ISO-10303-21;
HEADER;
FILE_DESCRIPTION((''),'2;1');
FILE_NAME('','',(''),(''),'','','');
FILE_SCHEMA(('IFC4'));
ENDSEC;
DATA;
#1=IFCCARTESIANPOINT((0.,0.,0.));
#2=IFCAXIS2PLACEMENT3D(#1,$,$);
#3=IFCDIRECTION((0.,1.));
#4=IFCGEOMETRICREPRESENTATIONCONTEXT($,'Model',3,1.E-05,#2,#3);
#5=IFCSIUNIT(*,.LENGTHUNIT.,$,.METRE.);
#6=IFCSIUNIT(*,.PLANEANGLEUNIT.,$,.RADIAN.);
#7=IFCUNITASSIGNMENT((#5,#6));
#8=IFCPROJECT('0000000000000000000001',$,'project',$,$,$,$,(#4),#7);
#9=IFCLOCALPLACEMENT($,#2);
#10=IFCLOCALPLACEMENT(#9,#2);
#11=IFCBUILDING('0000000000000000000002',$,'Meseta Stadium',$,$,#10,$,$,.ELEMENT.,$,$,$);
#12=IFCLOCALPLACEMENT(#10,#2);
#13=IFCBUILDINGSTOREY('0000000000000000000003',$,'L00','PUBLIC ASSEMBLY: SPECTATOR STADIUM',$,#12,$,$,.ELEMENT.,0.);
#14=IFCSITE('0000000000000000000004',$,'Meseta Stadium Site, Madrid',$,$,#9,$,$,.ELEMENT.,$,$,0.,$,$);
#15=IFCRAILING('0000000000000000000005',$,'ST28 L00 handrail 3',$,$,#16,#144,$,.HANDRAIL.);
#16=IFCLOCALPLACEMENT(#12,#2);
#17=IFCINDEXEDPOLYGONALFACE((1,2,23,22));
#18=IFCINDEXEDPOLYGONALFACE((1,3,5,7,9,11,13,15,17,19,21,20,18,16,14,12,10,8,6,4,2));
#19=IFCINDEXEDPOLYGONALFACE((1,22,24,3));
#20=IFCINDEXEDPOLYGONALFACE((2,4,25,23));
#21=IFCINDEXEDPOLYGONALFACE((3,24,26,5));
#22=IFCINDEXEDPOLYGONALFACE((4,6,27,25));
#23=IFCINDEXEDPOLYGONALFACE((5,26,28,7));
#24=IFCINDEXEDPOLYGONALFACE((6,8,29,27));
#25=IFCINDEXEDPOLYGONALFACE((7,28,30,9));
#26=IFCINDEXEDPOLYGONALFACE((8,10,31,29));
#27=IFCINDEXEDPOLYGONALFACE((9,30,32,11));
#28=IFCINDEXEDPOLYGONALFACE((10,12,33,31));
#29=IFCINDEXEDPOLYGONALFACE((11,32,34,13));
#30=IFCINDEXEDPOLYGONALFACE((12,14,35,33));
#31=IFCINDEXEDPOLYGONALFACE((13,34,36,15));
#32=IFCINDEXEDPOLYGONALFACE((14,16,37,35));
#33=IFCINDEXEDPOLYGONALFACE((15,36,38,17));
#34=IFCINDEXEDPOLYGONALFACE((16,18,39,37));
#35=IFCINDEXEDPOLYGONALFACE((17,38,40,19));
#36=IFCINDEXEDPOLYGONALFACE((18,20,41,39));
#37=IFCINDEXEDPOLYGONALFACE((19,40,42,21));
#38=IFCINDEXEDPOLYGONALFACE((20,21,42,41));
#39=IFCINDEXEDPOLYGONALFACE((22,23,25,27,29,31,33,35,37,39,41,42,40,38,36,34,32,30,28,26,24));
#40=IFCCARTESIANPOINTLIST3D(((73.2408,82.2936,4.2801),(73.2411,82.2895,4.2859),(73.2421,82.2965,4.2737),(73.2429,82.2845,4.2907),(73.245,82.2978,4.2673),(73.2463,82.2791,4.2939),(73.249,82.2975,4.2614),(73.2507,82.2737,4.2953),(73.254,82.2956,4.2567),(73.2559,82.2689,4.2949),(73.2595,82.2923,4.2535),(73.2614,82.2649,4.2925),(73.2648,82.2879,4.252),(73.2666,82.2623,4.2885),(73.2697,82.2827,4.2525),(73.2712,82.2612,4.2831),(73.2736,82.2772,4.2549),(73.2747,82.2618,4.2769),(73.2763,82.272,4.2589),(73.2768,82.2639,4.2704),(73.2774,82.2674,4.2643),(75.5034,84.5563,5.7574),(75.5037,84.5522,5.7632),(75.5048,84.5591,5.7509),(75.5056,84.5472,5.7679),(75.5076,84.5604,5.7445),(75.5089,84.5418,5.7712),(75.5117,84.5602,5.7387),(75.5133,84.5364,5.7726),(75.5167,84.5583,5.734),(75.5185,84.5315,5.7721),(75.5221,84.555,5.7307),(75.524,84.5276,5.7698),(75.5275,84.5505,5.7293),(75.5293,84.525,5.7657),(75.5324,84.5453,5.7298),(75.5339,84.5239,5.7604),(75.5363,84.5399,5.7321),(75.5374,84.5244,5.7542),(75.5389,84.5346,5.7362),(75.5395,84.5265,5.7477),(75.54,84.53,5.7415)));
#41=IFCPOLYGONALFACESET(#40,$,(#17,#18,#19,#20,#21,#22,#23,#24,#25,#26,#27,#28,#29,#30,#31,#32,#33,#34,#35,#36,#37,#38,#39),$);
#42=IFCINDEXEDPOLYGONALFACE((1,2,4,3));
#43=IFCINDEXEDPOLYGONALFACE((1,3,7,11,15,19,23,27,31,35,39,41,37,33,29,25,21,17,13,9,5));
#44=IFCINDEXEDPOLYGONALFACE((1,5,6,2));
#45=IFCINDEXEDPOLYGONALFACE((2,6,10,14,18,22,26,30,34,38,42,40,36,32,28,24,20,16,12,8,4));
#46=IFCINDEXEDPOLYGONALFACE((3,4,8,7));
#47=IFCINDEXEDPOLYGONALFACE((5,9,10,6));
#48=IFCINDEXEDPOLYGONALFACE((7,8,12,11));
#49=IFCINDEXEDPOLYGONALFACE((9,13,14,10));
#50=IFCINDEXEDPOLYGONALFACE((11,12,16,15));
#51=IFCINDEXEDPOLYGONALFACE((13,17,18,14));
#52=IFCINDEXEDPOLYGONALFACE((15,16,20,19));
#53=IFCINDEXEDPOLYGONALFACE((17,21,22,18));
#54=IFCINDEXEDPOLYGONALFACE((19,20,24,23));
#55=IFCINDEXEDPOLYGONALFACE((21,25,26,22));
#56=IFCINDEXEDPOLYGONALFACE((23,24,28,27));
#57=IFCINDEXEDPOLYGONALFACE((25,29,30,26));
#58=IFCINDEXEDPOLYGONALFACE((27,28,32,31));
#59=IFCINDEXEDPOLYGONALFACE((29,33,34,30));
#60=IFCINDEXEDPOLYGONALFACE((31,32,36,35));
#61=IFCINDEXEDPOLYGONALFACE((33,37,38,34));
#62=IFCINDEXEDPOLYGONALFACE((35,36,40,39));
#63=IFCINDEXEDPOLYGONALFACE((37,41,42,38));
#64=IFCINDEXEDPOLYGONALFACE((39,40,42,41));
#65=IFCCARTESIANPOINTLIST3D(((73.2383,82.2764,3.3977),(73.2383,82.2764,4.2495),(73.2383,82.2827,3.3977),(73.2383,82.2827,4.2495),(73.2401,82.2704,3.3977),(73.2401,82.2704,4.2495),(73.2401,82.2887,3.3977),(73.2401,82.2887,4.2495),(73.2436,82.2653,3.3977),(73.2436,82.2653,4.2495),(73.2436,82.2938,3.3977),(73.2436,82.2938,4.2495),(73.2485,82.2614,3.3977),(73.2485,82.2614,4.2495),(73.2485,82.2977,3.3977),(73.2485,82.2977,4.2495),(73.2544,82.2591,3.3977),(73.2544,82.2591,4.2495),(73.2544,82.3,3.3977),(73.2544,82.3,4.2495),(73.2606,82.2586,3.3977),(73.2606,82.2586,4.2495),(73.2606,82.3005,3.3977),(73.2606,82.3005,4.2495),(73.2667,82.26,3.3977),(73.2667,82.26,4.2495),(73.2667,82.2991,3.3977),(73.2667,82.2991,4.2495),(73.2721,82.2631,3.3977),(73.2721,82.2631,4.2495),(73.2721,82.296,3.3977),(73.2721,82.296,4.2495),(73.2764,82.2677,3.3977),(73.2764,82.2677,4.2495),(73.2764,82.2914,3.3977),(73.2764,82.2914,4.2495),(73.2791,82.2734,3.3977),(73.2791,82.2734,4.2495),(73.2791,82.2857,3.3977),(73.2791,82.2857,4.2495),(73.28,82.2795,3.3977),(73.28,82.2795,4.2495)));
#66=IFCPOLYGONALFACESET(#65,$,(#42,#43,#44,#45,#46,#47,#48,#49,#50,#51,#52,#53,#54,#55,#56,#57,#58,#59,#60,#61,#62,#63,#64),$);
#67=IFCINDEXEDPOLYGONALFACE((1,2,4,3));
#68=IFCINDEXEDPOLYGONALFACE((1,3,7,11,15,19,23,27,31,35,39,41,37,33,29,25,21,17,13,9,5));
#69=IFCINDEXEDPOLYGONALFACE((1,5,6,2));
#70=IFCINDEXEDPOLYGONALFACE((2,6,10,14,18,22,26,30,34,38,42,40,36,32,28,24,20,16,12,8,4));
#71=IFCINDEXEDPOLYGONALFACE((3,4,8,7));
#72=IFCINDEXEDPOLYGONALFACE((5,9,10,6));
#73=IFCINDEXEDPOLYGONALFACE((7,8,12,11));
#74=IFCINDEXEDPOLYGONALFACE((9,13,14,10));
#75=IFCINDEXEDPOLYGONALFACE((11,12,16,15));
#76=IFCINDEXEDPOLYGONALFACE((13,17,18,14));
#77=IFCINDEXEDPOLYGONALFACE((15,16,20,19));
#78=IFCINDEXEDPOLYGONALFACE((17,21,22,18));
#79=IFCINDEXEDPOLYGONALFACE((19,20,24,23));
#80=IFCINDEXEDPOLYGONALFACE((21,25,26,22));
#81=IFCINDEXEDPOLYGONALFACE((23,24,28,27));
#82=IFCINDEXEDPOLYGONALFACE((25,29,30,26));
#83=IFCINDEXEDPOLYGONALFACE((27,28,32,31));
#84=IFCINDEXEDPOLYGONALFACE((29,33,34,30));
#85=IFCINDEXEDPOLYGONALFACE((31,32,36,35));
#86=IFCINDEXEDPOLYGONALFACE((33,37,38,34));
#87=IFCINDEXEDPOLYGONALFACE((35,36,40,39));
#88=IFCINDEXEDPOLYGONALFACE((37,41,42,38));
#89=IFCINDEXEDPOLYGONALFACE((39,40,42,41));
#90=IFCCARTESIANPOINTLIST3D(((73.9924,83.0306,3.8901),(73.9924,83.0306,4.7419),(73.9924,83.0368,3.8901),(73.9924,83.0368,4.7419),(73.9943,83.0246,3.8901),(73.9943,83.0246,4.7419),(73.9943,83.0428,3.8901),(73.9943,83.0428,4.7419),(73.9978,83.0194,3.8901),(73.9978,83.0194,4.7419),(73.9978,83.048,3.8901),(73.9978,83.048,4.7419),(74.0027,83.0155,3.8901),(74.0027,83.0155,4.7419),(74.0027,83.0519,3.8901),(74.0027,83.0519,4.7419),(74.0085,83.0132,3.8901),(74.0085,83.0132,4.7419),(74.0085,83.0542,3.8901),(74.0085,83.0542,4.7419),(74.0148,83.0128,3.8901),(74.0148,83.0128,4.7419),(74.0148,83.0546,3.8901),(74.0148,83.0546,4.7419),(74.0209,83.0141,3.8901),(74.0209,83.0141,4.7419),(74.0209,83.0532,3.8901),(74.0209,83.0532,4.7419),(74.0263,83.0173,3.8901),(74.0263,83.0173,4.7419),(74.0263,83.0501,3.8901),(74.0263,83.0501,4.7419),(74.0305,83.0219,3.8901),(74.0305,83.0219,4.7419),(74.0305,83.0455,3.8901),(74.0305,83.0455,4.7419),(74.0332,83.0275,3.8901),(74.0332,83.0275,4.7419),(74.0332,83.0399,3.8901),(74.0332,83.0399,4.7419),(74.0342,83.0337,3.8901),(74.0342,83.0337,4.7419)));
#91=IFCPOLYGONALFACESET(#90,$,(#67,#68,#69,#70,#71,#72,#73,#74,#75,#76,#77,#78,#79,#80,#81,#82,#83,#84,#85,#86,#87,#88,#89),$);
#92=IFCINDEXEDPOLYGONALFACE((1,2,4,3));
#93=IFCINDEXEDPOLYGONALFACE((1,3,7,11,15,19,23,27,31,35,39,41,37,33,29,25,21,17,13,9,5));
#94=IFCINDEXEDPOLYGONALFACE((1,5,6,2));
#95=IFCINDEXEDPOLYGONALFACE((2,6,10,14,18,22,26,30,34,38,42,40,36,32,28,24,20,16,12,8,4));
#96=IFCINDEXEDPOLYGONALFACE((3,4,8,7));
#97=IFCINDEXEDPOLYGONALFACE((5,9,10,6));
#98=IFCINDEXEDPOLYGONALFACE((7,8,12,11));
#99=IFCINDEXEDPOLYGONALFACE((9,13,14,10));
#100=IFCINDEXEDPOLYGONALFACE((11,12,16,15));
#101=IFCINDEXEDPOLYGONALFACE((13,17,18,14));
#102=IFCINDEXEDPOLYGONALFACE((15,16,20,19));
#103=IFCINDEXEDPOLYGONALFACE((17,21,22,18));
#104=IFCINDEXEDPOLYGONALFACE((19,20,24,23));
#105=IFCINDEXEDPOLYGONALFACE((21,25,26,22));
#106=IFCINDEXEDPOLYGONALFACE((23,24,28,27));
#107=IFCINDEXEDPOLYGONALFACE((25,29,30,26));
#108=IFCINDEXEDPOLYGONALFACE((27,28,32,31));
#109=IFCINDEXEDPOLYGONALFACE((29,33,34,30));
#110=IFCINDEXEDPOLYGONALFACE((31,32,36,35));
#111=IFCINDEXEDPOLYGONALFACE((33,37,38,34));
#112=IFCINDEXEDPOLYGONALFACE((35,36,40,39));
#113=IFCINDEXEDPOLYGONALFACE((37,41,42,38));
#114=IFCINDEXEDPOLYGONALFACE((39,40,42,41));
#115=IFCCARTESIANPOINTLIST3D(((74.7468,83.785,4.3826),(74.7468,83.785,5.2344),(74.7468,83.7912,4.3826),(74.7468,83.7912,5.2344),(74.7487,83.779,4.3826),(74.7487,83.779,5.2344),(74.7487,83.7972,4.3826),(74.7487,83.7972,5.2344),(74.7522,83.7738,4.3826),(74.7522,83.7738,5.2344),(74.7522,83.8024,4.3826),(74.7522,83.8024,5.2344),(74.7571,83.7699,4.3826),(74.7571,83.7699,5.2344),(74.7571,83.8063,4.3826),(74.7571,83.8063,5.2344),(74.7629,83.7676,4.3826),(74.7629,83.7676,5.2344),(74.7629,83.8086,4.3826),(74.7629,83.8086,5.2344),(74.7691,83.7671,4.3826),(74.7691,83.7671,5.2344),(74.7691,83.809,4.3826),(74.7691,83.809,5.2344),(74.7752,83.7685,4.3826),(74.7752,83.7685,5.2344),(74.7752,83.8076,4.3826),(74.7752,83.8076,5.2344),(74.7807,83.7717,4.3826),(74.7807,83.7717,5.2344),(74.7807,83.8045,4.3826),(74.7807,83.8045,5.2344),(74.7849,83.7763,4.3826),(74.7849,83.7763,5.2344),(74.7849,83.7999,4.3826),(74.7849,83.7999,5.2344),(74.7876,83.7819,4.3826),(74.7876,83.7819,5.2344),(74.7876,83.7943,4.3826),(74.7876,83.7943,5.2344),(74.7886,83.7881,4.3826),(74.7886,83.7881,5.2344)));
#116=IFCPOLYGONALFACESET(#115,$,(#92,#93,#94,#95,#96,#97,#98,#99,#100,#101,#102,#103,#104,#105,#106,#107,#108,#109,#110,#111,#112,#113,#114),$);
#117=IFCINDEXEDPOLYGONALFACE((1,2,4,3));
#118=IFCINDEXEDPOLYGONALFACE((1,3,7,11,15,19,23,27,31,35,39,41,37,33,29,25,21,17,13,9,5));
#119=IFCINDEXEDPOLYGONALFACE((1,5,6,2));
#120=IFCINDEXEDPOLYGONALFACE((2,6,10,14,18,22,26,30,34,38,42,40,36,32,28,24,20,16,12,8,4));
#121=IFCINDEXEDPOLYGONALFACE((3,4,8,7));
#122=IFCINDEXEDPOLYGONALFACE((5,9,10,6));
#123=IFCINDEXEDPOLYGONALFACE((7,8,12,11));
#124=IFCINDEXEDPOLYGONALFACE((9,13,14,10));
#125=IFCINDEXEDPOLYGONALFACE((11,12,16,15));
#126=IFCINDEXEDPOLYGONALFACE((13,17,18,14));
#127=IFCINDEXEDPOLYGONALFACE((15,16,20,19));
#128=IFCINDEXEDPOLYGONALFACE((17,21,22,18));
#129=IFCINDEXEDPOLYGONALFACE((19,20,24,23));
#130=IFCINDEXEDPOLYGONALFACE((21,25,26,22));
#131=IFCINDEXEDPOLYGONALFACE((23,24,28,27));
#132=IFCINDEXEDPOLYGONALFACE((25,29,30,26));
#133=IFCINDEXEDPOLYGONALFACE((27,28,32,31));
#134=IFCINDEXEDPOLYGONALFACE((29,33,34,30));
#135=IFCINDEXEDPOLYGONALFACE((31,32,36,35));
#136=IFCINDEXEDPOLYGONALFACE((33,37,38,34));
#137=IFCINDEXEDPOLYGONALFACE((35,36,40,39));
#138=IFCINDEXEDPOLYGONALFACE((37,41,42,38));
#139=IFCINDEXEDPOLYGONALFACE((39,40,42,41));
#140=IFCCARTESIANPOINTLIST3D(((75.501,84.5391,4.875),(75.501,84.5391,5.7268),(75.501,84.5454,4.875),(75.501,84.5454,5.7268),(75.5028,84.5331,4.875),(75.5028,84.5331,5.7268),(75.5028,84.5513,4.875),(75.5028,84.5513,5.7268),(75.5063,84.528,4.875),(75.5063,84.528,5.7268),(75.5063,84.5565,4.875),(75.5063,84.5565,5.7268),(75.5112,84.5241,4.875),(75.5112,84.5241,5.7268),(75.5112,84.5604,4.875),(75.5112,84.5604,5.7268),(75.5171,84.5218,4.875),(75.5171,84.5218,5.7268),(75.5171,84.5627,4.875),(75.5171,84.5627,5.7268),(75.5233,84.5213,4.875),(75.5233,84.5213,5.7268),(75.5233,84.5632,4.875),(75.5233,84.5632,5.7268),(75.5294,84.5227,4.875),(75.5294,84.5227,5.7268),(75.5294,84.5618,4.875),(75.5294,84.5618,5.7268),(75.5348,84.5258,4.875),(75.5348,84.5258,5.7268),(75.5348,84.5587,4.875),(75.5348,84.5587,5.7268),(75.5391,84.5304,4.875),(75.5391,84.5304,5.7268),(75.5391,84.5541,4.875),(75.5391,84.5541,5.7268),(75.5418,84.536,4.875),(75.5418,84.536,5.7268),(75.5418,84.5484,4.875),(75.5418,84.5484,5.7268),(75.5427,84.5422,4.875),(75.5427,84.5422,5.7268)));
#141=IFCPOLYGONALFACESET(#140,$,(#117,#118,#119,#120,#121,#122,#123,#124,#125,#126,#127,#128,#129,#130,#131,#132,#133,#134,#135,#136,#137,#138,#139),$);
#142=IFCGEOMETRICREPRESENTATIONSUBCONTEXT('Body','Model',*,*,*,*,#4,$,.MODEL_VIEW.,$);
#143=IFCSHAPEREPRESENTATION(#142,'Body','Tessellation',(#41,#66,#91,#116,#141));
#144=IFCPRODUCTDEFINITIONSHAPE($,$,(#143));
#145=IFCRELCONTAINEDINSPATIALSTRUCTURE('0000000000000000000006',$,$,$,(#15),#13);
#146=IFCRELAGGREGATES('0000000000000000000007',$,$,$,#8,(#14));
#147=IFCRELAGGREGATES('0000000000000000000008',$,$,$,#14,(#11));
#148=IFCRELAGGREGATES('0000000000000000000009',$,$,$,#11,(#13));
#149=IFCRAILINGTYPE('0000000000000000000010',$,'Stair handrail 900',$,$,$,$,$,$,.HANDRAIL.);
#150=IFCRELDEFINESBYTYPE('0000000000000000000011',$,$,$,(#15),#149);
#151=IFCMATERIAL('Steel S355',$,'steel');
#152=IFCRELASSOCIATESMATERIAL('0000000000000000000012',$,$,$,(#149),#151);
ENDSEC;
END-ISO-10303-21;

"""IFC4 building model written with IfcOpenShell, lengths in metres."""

from ifc_helpers import new_model, si_unit, direction, frame, origin, origin_2d, place, context, subcontext, project, spatial, circle, extrude, material, type_object, element, save


model = new_model("IFC4")

# Units and contexts
model_context = context("Model", 3, precision=1e-05, world=origin(), true_north=direction((0.0, 1.0)))
body_context = subcontext(model_context, "Body", "Model", "MODEL_VIEW")
ifc_project = project(units=[si_unit("LENGTHUNIT", "METRE"), si_unit("PLANEANGLEUNIT", "RADIAN")], contexts=[model_context])

# Site, building, storey
site_placement = place(None, origin())
site = spatial("IfcSite", under=ifc_project, at=site_placement, Name="Meseta Stadium Site, Madrid", CompositionType="ELEMENT", RefElevation=0.0)
building_placement = place(site_placement, origin())
building = spatial("IfcBuilding", under=site, at=building_placement, Name="Meseta Stadium", CompositionType="ELEMENT")
storey_placement = place(building_placement, origin())
storey = spatial("IfcBuildingStorey", under=building, at=storey_placement, Name="L00", Description="PUBLIC ASSEMBLY: SPECTATOR STADIUM", CompositionType="ELEMENT", Elevation=0.0)

# Railing
ifc_material_1 = material(Name="Steel S355", Category="steel")
railing_type_1 = type_object("IfcRailingType", Name="Stair handrail 900", PredefinedType="HANDRAIL", material=ifc_material_1)
for number, where, name in (
    (1, (73.259, 82.2795, 3.3977), "ST28 L00 handrail 3"),
):
    element("IfcRailing", number, at=place(storey_placement, frame(where)), inside=storey, type_object=railing_type_1, Name=name, PredefinedType="HANDRAIL", context=body_context, shape_type="SweptSolid", body=[
        extrude(circle(Radius=0.0239, at=origin_2d()), frame((0.0, 0.0, 0.876), z_axis=(0.641994, 0.641994, 0.419152), x_axis=(-0.707107, 0.707107, 0.0)), (0.0, 0.0, 1.0), 3.5244),
        extrude(circle(Radius=0.021, at=origin_2d()), origin(), (0.0, 0.0, 1.0), 0.8518),
        extrude(circle(Radius=0.021, at=origin_2d()), frame((0.7542, 0.7542, 0.4924)), (0.0, 0.0, 1.0), 0.8518),
        extrude(circle(Radius=0.021, at=origin_2d()), frame((1.5085, 1.5085, 0.9849)), (0.0, 0.0, 1.0), 0.8518),
        extrude(circle(Radius=0.021, at=origin_2d()), frame((2.2627, 2.2627, 1.4773)), (0.0, 0.0, 1.0), 0.8518),
    ])

save(model, "model.ifc")
